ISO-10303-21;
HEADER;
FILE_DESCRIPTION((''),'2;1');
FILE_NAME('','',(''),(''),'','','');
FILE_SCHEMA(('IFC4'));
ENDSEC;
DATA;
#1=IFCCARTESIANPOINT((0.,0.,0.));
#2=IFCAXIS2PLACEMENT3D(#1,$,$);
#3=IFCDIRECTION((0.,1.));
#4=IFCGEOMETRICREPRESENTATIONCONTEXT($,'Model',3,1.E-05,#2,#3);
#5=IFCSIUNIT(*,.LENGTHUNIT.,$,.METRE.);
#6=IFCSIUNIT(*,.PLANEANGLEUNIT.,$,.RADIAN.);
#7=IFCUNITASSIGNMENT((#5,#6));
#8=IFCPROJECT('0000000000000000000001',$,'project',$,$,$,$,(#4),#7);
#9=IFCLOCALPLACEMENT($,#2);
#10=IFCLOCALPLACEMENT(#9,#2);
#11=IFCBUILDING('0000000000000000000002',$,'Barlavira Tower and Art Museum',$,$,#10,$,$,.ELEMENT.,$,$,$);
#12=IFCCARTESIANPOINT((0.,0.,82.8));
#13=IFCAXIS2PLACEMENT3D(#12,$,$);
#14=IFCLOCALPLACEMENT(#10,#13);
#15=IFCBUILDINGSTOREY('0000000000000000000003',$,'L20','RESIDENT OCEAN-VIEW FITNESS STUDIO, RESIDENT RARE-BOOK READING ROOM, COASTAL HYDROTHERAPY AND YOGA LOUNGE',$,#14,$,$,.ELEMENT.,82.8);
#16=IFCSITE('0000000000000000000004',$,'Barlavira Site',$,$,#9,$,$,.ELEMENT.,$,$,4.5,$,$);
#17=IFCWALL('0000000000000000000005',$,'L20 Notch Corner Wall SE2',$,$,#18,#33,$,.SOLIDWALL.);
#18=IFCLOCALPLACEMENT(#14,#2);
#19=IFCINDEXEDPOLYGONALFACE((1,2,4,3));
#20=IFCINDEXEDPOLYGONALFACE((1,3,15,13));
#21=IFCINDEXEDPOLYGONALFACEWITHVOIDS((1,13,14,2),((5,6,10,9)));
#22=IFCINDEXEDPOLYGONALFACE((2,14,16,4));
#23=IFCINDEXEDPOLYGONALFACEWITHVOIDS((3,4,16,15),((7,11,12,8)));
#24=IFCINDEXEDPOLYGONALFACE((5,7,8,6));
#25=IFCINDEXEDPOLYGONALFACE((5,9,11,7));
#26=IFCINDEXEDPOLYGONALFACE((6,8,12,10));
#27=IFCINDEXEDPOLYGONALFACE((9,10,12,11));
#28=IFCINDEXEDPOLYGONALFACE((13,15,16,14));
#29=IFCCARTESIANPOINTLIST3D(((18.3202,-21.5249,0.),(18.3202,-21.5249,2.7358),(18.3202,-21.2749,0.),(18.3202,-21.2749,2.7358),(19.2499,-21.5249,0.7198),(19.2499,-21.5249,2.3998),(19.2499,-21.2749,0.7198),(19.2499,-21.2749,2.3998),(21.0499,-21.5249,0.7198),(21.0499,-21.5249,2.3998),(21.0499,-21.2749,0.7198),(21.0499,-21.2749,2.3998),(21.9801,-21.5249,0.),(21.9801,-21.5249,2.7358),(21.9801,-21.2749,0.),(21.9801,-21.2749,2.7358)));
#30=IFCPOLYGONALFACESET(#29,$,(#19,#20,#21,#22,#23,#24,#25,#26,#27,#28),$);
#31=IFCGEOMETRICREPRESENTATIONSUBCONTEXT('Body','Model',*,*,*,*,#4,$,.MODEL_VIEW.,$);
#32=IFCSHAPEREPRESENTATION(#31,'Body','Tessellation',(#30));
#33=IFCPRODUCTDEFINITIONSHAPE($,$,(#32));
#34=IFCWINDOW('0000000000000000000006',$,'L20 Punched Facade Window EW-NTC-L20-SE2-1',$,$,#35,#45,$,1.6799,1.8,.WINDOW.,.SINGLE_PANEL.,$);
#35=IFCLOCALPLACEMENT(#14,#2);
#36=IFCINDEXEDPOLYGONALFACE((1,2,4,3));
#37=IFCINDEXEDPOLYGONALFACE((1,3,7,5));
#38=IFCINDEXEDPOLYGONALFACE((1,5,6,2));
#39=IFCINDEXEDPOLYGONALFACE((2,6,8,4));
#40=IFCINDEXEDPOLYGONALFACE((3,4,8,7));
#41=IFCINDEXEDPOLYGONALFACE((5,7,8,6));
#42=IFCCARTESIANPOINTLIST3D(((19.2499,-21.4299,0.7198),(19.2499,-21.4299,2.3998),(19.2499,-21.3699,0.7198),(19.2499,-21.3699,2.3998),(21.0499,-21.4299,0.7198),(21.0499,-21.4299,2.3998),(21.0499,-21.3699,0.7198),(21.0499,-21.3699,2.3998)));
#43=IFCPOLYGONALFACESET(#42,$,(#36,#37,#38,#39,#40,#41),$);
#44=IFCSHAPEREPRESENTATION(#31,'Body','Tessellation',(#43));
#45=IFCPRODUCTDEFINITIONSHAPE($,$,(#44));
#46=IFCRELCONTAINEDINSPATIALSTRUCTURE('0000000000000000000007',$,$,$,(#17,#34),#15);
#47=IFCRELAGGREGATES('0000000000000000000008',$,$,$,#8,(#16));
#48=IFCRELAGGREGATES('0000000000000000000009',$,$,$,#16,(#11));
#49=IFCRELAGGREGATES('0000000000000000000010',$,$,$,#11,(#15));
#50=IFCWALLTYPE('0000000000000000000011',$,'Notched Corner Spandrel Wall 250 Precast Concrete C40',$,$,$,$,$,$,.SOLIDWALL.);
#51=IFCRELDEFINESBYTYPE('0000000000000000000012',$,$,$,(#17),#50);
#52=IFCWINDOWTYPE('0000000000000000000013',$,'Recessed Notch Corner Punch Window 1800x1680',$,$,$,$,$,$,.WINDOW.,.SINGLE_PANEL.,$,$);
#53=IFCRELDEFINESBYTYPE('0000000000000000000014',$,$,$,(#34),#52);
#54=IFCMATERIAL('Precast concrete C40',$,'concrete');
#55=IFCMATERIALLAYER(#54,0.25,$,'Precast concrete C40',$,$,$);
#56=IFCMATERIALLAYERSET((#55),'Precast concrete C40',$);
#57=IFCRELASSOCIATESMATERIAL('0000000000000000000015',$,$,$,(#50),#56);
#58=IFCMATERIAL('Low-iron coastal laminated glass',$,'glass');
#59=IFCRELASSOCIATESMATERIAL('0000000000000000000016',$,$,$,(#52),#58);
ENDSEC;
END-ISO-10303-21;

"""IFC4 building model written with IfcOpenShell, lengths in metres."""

from ifc_helpers import new_model, si_unit, direction, frame, frame_2d, origin, place, context, subcontext, project, spatial, rectangle, extrude, material, layer, layer_set, type_object, element, fill, save


model = new_model("IFC4")

# Units and contexts
model_context = context("Model", 3, precision=1e-05, world=origin(), true_north=direction((0.0, 1.0)))
body_context = subcontext(model_context, "Body", "Model", "MODEL_VIEW")
ifc_project = project(units=[si_unit("LENGTHUNIT", "METRE"), si_unit("PLANEANGLEUNIT", "RADIAN")], contexts=[model_context])

# Site, building, storey
site_placement = place(None, origin())
site = spatial("IfcSite", under=ifc_project, at=site_placement, Name="Barlavira Site", CompositionType="ELEMENT", RefElevation=4.5)
building_placement = place(site_placement, origin())
building = spatial("IfcBuilding", under=site, at=building_placement, Name="Barlavira Tower and Art Museum", CompositionType="ELEMENT")
storey_placement = place(building_placement, frame((0.0, 0.0, 82.8)))
storey = spatial("IfcBuildingStorey", under=building, at=storey_placement, Name="L20", Description="RESIDENT OCEAN-VIEW FITNESS STUDIO, RESIDENT RARE-BOOK READING ROOM, COASTAL HYDROTHERAPY AND YOGA LOUNGE", CompositionType="ELEMENT", Elevation=82.8)

# Shared definitions
ifc_material_1 = material(Name="Precast concrete C40", Category="concrete")
ifc_layer_1 = layer(ifc_material_1, 0.25, Name="Precast concrete C40")
ifc_layer_set_1 = layer_set([ifc_layer_1], Name="Precast concrete C40")
wall_type_1 = type_object("IfcWallType", Name="Notched Corner Spandrel Wall 250 Precast Concrete C40", PredefinedType="SOLIDWALL", material=ifc_layer_set_1)
ifc_material_2 = material(Name="Low-iron coastal laminated glass", Category="glass")
window_type = type_object("IfcWindowType", Name="Recessed Notch Corner Punch Window 1800x1680", PartitioningType="SINGLE_PANEL", PredefinedType="WINDOW", material=ifc_material_2)

# Wall, opening, window
wall_1_placement = place(storey_placement, frame((18.3201, -21.3999, 0.0), z_axis=(0.0, 0.0, 1.0), x_axis=(1.0, 0.0, 0.0)))
wall_1 = element("IfcWall", 1, at=wall_1_placement, inside=storey, type_object=wall_type_1, Name="L20 Notch Corner Wall SE2", PredefinedType="SOLIDWALL", context=body_context, shape_type="SweptSolid", body=[
    extrude(rectangle(XDim=3.6599, YDim=0.25, at=frame_2d((1.8301, 0.0))), origin(), (0.0, 0.0, 1.0), 2.7358),
])
opening_1_placement = place(wall_1_placement, frame((0.9299, 0.0, 0.72)))
opening_1 = element("IfcOpeningElement", 2, at=opening_1_placement, cuts=wall_1, PredefinedType="OPENING", context=body_context, shape_type="SweptSolid", body=[
    extrude(rectangle(XDim=1.8, YDim=1.6799, at=frame_2d((0.8999, 0.8398))), frame((0.0, 0.135, 0.0), z_axis=(0.0, -1.0, 0.0), x_axis=(1.0, 0.0, 0.0)), (0.0, 0.0, 1.0), 0.27),
])
window_1_placement = place(opening_1_placement, origin())
window_1 = element("IfcWindow", 3, at=window_1_placement, inside=storey, type_object=window_type, Name="L20 Punched Facade Window EW-NTC-L20-SE2-1", OverallHeight=1.6799, OverallWidth=1.8, PartitioningType="SINGLE_PANEL", PredefinedType="WINDOW", context=body_context, shape_type="SweptSolid", body=[
    extrude(rectangle(XDim=1.8, YDim=1.6799, at=frame_2d((0.8999, 0.8398))), frame((0.0, 0.03, 0.0), z_axis=(0.0, -1.0, 0.0), x_axis=(1.0, 0.0, 0.0)), (0.0, 0.0, 1.0), 0.0601),
])
fill(opening_1, window_1)

save(model, "model.ifc")
